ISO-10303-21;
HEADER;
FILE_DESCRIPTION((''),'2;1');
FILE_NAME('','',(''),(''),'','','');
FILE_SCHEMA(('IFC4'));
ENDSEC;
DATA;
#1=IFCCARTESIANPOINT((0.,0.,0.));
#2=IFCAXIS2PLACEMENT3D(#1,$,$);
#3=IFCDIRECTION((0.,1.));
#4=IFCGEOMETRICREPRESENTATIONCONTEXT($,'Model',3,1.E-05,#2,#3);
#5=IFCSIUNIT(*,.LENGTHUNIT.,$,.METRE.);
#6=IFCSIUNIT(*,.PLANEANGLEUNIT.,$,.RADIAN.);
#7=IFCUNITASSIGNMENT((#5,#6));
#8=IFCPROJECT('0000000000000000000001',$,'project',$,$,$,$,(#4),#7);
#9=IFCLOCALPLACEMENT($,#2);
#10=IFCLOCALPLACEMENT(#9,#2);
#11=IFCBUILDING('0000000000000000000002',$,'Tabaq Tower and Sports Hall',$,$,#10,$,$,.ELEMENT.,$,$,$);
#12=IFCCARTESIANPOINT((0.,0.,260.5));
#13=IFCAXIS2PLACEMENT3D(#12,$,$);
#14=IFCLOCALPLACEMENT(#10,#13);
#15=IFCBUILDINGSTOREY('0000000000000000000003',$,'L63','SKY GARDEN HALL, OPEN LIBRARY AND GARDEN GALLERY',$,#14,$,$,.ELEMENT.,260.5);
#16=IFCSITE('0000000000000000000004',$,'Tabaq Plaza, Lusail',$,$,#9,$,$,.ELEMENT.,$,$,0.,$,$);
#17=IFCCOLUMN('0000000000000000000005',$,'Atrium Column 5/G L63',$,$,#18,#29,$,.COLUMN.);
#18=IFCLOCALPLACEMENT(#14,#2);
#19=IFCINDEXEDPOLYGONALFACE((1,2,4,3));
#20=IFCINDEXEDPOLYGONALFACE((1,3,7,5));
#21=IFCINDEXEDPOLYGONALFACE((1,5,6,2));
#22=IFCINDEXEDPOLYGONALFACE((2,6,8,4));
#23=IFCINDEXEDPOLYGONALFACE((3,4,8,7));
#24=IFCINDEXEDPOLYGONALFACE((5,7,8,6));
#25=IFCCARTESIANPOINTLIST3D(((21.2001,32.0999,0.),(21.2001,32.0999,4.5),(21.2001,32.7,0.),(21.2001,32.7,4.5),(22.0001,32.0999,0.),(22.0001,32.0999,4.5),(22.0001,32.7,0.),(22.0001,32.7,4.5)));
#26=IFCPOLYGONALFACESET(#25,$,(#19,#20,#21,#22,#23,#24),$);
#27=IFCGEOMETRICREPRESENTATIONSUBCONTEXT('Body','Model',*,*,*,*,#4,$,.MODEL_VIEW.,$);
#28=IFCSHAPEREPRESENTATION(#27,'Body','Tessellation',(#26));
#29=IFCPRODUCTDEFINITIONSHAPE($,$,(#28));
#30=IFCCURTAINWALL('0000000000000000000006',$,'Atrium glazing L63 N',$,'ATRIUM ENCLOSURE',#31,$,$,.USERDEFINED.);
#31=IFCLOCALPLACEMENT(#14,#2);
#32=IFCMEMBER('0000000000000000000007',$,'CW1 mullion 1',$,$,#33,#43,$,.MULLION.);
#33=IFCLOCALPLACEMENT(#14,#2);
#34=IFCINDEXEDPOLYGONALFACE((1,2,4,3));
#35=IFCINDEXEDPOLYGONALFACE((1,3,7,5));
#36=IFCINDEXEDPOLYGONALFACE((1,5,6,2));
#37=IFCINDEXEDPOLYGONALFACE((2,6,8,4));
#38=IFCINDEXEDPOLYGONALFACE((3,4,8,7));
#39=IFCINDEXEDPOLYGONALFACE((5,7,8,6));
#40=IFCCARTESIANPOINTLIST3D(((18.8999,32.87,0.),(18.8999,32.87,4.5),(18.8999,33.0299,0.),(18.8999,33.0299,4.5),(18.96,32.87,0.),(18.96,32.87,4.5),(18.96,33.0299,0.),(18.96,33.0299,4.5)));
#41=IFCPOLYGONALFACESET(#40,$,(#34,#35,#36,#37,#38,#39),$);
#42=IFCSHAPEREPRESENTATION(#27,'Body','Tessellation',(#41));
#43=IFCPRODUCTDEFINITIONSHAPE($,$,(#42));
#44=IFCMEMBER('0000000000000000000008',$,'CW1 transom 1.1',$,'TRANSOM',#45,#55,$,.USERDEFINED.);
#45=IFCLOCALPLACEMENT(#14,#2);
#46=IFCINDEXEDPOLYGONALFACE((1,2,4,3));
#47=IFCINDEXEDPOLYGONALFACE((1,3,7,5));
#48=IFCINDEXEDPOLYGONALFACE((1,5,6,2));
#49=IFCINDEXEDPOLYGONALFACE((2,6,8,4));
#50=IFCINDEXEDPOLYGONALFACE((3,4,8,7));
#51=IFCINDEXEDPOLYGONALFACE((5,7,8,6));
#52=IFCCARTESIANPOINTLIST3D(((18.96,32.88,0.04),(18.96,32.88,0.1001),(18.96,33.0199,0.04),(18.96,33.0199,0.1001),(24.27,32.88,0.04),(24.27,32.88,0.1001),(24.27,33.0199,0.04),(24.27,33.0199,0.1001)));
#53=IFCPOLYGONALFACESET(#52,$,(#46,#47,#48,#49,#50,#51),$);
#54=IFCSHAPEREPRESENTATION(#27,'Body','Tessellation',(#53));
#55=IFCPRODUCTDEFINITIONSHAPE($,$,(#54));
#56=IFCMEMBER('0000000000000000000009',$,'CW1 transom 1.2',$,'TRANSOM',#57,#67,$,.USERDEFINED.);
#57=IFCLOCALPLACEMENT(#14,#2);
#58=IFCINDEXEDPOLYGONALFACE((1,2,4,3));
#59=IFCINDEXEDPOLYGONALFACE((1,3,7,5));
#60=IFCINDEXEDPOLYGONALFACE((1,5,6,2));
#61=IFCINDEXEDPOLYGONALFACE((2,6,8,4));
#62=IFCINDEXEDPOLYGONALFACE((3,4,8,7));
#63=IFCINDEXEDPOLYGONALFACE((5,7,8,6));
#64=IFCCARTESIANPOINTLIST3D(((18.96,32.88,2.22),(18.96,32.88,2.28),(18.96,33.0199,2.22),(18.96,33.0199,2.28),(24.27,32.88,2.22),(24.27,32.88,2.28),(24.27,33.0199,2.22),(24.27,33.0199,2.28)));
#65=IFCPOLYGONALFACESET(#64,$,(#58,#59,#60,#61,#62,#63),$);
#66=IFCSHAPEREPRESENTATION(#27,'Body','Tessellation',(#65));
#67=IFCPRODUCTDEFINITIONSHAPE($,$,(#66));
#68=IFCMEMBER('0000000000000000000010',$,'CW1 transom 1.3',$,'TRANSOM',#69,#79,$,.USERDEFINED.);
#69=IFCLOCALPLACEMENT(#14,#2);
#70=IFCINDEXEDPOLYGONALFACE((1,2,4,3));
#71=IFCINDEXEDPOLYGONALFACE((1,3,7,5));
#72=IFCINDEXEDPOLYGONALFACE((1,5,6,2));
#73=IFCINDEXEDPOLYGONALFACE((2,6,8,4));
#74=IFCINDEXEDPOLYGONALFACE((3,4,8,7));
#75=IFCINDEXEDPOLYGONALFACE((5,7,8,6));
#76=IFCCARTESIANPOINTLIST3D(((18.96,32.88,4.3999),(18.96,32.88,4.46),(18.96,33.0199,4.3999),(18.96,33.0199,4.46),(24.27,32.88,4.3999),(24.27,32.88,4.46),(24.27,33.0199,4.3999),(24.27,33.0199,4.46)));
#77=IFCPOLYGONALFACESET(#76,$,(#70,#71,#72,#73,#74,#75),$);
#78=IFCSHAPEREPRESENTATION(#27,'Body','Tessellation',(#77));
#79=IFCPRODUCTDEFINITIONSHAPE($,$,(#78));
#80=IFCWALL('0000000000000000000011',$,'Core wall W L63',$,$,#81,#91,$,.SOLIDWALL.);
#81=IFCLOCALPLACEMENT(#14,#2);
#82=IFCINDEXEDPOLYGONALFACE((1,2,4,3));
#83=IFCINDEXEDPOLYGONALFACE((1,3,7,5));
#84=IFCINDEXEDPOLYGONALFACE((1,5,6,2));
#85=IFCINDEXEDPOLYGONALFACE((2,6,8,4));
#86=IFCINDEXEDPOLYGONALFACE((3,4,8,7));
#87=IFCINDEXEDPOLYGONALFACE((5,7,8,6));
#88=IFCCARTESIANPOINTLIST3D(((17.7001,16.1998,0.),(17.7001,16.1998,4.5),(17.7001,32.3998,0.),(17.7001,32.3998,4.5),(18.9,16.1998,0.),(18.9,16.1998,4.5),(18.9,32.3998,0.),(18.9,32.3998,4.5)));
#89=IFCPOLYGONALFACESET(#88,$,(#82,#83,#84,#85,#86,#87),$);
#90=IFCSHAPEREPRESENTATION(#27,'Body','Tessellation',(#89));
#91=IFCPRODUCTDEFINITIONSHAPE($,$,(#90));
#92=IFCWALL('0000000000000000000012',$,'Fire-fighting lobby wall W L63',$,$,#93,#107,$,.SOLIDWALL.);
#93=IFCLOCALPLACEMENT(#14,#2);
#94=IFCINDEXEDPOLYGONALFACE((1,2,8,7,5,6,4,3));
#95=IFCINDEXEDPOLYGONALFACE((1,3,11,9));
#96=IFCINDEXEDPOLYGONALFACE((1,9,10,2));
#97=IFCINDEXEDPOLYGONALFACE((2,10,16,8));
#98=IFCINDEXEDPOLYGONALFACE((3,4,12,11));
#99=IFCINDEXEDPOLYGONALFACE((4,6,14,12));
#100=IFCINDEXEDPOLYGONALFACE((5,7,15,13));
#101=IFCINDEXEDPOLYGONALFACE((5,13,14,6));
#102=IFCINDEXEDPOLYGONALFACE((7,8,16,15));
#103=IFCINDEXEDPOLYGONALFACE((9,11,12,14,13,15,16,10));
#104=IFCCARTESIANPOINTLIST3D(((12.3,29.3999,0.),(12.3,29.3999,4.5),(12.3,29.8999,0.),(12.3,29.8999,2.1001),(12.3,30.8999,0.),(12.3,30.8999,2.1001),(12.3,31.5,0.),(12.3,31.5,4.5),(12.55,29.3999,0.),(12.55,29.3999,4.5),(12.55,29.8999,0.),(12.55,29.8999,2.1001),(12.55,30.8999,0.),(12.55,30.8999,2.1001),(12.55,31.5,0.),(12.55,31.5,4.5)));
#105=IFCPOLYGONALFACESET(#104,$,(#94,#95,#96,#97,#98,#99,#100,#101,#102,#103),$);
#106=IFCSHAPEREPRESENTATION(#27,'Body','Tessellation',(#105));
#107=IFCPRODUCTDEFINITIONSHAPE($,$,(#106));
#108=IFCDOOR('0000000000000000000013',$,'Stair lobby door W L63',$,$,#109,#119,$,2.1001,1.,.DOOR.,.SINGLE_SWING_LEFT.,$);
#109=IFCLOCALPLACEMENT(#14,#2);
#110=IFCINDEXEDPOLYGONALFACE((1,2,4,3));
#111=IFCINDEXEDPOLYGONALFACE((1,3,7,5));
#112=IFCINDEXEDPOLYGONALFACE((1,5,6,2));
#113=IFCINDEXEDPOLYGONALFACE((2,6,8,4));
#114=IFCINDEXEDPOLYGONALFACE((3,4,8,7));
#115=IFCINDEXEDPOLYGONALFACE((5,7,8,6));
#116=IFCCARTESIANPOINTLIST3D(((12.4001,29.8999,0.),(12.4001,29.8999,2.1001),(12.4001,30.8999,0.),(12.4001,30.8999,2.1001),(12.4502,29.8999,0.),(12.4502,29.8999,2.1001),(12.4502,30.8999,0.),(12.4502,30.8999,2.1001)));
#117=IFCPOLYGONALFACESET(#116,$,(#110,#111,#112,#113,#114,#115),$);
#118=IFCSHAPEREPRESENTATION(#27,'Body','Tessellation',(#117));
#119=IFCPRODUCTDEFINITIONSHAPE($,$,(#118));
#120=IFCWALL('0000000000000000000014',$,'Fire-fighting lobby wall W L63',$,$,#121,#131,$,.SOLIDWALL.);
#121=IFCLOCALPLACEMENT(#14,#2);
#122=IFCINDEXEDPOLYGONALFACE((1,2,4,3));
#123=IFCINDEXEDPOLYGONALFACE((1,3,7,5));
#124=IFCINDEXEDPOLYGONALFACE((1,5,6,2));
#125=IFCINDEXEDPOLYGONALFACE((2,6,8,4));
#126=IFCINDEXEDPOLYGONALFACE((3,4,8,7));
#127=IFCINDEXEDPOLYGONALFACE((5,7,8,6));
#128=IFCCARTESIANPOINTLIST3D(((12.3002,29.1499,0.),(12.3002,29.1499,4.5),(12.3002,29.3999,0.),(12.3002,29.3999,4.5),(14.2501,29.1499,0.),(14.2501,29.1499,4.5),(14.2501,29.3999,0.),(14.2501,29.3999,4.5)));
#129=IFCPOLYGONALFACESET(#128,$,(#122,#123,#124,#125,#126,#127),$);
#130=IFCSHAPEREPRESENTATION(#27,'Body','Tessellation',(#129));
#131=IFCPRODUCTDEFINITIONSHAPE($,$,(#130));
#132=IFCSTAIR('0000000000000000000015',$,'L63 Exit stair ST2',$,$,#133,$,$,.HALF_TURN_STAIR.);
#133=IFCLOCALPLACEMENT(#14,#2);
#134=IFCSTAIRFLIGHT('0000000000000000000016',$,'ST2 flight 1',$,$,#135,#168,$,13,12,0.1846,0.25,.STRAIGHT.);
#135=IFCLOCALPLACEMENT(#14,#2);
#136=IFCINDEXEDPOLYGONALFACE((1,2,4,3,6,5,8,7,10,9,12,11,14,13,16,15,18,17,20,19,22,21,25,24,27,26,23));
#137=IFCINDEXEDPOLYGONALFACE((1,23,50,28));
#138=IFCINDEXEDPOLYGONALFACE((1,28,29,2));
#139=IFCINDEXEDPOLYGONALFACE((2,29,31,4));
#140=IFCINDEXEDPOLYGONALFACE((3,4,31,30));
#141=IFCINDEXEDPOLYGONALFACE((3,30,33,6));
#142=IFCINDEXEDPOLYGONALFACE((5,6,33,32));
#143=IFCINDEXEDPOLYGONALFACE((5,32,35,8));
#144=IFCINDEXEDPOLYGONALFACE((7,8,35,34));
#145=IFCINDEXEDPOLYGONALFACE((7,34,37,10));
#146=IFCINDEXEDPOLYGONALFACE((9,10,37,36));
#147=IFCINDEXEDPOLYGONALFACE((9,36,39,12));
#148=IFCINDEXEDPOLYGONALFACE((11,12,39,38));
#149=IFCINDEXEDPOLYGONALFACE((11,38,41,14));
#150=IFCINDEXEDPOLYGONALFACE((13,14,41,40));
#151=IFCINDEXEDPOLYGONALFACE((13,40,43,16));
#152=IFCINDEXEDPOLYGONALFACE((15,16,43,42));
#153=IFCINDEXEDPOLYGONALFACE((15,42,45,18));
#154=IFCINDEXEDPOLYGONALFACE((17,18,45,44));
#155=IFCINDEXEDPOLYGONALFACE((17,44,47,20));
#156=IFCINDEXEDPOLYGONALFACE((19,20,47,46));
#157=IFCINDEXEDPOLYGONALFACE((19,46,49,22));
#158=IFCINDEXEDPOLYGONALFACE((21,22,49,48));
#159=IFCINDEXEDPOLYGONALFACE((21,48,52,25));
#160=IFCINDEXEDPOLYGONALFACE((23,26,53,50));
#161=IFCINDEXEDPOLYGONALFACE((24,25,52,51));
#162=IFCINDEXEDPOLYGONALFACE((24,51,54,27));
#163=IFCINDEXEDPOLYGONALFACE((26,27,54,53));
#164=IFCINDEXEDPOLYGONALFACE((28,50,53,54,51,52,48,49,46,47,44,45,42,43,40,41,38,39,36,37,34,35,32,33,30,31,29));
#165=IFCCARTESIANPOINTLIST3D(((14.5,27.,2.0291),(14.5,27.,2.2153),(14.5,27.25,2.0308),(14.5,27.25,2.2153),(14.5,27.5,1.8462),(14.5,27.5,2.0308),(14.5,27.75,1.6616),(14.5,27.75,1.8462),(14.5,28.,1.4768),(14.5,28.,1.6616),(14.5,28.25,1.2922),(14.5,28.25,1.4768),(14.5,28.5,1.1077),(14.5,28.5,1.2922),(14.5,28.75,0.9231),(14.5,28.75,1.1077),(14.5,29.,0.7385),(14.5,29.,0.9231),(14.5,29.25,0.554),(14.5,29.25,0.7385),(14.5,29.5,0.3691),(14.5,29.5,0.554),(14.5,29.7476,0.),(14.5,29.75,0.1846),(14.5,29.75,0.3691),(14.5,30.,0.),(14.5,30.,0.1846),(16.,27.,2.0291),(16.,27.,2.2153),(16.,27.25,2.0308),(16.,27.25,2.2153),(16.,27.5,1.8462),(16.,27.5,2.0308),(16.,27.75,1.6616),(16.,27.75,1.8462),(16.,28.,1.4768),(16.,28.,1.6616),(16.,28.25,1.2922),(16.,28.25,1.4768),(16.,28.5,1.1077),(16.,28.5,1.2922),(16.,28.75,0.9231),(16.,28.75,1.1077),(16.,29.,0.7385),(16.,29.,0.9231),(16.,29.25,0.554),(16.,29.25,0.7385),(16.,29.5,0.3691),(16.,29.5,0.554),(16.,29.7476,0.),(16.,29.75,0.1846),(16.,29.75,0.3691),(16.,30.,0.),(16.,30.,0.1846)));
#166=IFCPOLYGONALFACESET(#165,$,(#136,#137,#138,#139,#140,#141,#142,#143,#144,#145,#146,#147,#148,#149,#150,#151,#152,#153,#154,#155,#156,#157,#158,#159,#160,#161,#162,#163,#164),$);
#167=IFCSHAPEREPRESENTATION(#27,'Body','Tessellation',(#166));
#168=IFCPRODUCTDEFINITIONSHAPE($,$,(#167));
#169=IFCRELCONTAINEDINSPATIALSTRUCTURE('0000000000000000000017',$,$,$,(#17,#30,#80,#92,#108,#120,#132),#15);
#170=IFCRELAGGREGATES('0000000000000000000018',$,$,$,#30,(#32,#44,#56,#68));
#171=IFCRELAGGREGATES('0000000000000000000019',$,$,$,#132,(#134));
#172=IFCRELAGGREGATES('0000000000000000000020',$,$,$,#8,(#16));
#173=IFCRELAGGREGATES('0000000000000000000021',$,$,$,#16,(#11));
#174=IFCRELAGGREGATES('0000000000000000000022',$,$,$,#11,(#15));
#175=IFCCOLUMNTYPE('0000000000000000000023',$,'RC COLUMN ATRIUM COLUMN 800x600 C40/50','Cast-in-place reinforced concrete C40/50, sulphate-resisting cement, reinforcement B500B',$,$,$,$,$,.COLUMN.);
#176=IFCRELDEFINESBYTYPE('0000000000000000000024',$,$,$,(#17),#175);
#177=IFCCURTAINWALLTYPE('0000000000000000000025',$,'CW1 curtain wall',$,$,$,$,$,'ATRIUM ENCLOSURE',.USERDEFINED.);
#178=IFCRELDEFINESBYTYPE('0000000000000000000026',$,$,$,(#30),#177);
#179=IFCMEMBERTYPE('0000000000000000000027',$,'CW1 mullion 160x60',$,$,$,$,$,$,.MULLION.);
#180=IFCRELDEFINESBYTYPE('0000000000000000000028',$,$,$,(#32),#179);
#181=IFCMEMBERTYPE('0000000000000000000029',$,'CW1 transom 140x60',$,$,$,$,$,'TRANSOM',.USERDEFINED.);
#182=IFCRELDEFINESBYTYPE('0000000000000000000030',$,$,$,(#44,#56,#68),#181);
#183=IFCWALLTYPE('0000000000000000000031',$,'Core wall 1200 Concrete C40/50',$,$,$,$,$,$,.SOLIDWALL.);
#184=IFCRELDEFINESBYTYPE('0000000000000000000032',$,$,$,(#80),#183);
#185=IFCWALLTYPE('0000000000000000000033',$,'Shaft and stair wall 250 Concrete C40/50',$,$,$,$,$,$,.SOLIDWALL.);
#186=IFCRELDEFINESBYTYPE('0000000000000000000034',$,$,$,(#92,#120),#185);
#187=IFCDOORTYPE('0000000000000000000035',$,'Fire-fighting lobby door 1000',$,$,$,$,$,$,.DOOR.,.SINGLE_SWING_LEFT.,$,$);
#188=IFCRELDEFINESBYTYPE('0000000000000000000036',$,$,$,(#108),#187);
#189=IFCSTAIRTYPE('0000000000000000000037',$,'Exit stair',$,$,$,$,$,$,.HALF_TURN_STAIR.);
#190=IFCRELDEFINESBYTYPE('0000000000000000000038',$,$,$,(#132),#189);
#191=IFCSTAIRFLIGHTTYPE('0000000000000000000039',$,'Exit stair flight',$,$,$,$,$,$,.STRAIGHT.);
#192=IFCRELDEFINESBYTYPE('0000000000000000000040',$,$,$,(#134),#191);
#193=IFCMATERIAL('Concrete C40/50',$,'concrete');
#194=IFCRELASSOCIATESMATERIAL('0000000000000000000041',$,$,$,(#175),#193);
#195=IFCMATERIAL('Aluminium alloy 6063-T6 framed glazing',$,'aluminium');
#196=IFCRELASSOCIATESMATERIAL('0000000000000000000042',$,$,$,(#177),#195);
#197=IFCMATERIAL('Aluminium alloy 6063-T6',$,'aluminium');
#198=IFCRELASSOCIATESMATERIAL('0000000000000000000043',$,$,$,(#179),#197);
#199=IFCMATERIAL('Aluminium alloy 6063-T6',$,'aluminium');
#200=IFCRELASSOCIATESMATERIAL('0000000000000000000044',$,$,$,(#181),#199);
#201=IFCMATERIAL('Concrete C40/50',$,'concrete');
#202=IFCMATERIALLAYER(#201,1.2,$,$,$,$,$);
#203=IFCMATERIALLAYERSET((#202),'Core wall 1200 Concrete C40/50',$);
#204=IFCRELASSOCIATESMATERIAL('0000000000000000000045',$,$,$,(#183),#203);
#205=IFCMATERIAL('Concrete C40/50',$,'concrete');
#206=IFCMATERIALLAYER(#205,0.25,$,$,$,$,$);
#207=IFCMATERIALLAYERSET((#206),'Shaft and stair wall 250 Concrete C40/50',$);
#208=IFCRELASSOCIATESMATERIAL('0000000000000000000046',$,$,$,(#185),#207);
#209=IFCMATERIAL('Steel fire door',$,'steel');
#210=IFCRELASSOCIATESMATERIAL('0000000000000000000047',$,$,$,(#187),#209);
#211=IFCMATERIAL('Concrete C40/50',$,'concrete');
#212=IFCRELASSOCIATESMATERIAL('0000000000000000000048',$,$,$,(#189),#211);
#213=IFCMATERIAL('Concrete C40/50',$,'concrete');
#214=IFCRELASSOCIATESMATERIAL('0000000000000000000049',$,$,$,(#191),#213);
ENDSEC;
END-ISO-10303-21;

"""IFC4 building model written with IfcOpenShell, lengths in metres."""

from ifc_helpers import new_model, si_unit, direction, frame, frame_2d, origin, origin_2d, place, context, subcontext, project, spatial, polyline, rectangle, outline, extrude, material, layer, layer_set, material_profile, profile_set, type_object, element, fill, aggregate, save


model = new_model("IFC4")

# Units and contexts
model_context = context("Model", 3, precision=1e-05, world=origin(), true_north=direction((0.0, 1.0)))
body_context = subcontext(model_context, "Body", "Model", "MODEL_VIEW")
ifc_project = project(units=[si_unit("LENGTHUNIT", "METRE"), si_unit("PLANEANGLEUNIT", "RADIAN")], contexts=[model_context])

# Site, building, storey
site_placement = place(None, origin())
site = spatial("IfcSite", under=ifc_project, at=site_placement, Name="Tabaq Plaza, Lusail", CompositionType="ELEMENT", RefElevation=0.0)
building_placement = place(site_placement, origin())
building = spatial("IfcBuilding", under=site, at=building_placement, Name="Tabaq Tower and Sports Hall", CompositionType="ELEMENT")
storey_placement = place(building_placement, frame((0.0, 0.0, 260.5)))
storey = spatial("IfcBuildingStorey", under=building, at=storey_placement, Name="L63", Description="SKY GARDEN HALL, OPEN LIBRARY AND GARDEN GALLERY", CompositionType="ELEMENT", Elevation=260.5)

# Column
ifc_material_1 = material(Name="Concrete C40/50", Category="concrete")
ifc_material_profile_1 = material_profile(ifc_material_1, rectangle(XDim=0.8, YDim=0.6001, at=origin_2d()), Name="ATRIUM COLUMN 800x600")
ifc_profile_set_1 = profile_set([ifc_material_profile_1], Name="Concrete C40/50")
column_type = type_object("IfcColumnType", Name="RC COLUMN ATRIUM COLUMN 800x600 C40/50", Description="Cast-in-place reinforced concrete C40/50, sulphate-resisting cement, reinforcement B500B", PredefinedType="COLUMN", material=ifc_profile_set_1)
column_placement = place(storey_placement, frame((21.6001, 32.3999, 0.0), z_axis=(0.0, 0.0, 1.0), x_axis=(1.0, 0.0, 0.0)))
element("IfcColumn", 1, at=column_placement, inside=storey, type_object=column_type, Name="Atrium Column 5/G L63", PredefinedType="COLUMN", context=body_context, shape_type="SweptSolid", body=[
    extrude(rectangle(XDim=0.8, YDim=0.6001, at=origin_2d()), origin(), (0.0, 0.0, 1.0), 4.5),
])

# Curtain wall, members
ifc_material_2 = material(Name="Aluminium alloy 6063-T6 framed glazing", Category="aluminium")
curtain_wall_type = type_object("IfcCurtainWallType", Name="CW1 curtain wall", ElementType="ATRIUM ENCLOSURE", PredefinedType="USERDEFINED", material=ifc_material_2)
curtain_wall_placement = place(storey_placement, origin())
curtain_wall = element("IfcCurtainWall", 2, at=curtain_wall_placement, inside=storey, type_object=curtain_wall_type, Name="Atrium glazing L63 N", ObjectType="ATRIUM ENCLOSURE", PredefinedType="USERDEFINED")
ifc_material_3 = material(Name="Aluminium alloy 6063-T6", Category="aluminium")
ifc_material_profile_2 = material_profile(ifc_material_3, rectangle(XDim=0.1599, YDim=0.0601, at=origin_2d()), Name="MULLION 160x60")
ifc_profile_set_2 = profile_set([ifc_material_profile_2], Name="Aluminium alloy 6063-T6")
member_type_1 = type_object("IfcMemberType", Name="CW1 mullion 160x60", PredefinedType="MULLION", material=ifc_profile_set_2)
member_1_placement = place(storey_placement, frame((18.9299, 32.95, 0.0), z_axis=(0.0, 0.0, 1.0), x_axis=(0.0, 1.0, 0.0)))
member_1 = element("IfcMember", 3, at=member_1_placement, type_object=member_type_1, Name="CW1 mullion 1", PredefinedType="MULLION", context=body_context, shape_type="SweptSolid", body=[
    extrude(rectangle(XDim=0.1599, YDim=0.0601, at=origin_2d()), origin(), (0.0, 0.0, 1.0), 4.5),
])
ifc_material_4 = material(Name="Aluminium alloy 6063-T6", Category="aluminium")
ifc_material_profile_3 = material_profile(ifc_material_4, rectangle(XDim=0.1399, YDim=0.0601, at=origin_2d()), Name="TRANSOM 140x60")
ifc_profile_set_3 = profile_set([ifc_material_profile_3], Name="Aluminium alloy 6063-T6")
member_type_2 = type_object("IfcMemberType", Name="CW1 transom 140x60", ElementType="TRANSOM", PredefinedType="USERDEFINED", material=ifc_profile_set_3)
member_2_placement = place(storey_placement, frame((18.96, 32.95, 0.0701), z_axis=(1.0, 0.0, 0.0), x_axis=(0.0, 1.0, 0.0)))
member_2 = element("IfcMember", 4, at=member_2_placement, type_object=member_type_2, Name="CW1 transom 1.1", ObjectType="TRANSOM", PredefinedType="USERDEFINED", context=body_context, shape_type="SweptSolid", body=[
    extrude(rectangle(XDim=0.1399, YDim=0.0601, at=origin_2d()), origin(), (0.0, 0.0, 1.0), 5.3101),
])
member_3_placement = place(storey_placement, frame((18.96, 32.95, 2.25), z_axis=(1.0, 0.0, 0.0), x_axis=(0.0, 1.0, 0.0)))
member_3 = element("IfcMember", 5, at=member_3_placement, type_object=member_type_2, Name="CW1 transom 1.2", ObjectType="TRANSOM", PredefinedType="USERDEFINED", context=body_context, shape_type="SweptSolid", body=[
    extrude(rectangle(XDim=0.1399, YDim=0.0601, at=origin_2d()), origin(), (0.0, 0.0, 1.0), 5.3101),
])
member_4_placement = place(storey_placement, frame((18.96, 32.95, 4.4299), z_axis=(1.0, 0.0, 0.0), x_axis=(0.0, 1.0, 0.0)))
member_4 = element("IfcMember", 6, at=member_4_placement, type_object=member_type_2, Name="CW1 transom 1.3", ObjectType="TRANSOM", PredefinedType="USERDEFINED", context=body_context, shape_type="SweptSolid", body=[
    extrude(rectangle(XDim=0.1399, YDim=0.0601, at=origin_2d()), origin(), (0.0, 0.0, 1.0), 5.3101),
])
aggregate(curtain_wall, [member_1, member_2, member_3, member_4])

# Wall
ifc_material_5 = material(Name="Concrete C40/50", Category="concrete")
ifc_layer_1 = layer(ifc_material_5, 1.2)
ifc_layer_set_1 = layer_set([ifc_layer_1], Name="Core wall 1200 Concrete C40/50")
wall_type_1 = type_object("IfcWallType", Name="Core wall 1200 Concrete C40/50", PredefinedType="SOLIDWALL", material=ifc_layer_set_1)
wall_1_placement = place(storey_placement, frame((18.3, 32.3999, 0.0), z_axis=(0.0, 0.0, 1.0), x_axis=(0.0, -1.0, 0.0)))
element("IfcWall", 7, at=wall_1_placement, inside=storey, type_object=wall_type_1, Name="Core wall W L63", PredefinedType="SOLIDWALL", context=body_context, shape_type="SweptSolid", body=[
    extrude(rectangle(XDim=16.2, YDim=1.2, at=frame_2d((8.1001, 0.0))), origin(), (0.0, 0.0, 1.0), 4.5),
])

# Wall, opening, door
ifc_material_6 = material(Name="Concrete C40/50", Category="concrete")
ifc_layer_2 = layer(ifc_material_6, 0.25)
ifc_layer_set_2 = layer_set([ifc_layer_2], Name="Shaft and stair wall 250 Concrete C40/50")
wall_type_2 = type_object("IfcWallType", Name="Shaft and stair wall 250 Concrete C40/50", PredefinedType="SOLIDWALL", material=ifc_layer_set_2)
wall_2_placement = place(storey_placement, frame((12.425, 29.3999, 0.0), z_axis=(0.0, 0.0, 1.0), x_axis=(0.0, 1.0, 0.0)))
wall_2 = element("IfcWall", 8, at=wall_2_placement, inside=storey, type_object=wall_type_2, Name="Fire-fighting lobby wall W L63", PredefinedType="SOLIDWALL", context=body_context, shape_type="SweptSolid", body=[
    extrude(rectangle(XDim=2.1001, YDim=0.25, at=frame_2d((1.05, 0.0))), origin(), (0.0, 0.0, 1.0), 4.5),
])
opening_placement = place(wall_2_placement, frame((0.5, 0.0, 0.0)))
opening = element("IfcOpeningElement", 9, at=opening_placement, cuts=wall_2, PredefinedType="OPENING", context=body_context, shape_type="SweptSolid", body=[
    extrude(rectangle(XDim=1.0, YDim=2.1001, at=frame_2d((0.5, 1.05))), frame((0.0, 0.125, 0.0), z_axis=(0.0, -1.0, 0.0), x_axis=(1.0, 0.0, 0.0)), (0.0, 0.0, 1.0), 0.25),
])
ifc_material_7 = material(Name="Steel fire door", Category="steel")
door_type = type_object("IfcDoorType", Name="Fire-fighting lobby door 1000", OperationType="SINGLE_SWING_LEFT", PredefinedType="DOOR", material=ifc_material_7)
door_placement = place(opening_placement, origin())
door = element("IfcDoor", 10, at=door_placement, inside=storey, type_object=door_type, Name="Stair lobby door W L63", OperationType="SINGLE_SWING_LEFT", OverallHeight=2.1001, OverallWidth=1.0, PredefinedType="DOOR", context=body_context, shape_type="SweptSolid", body=[
    extrude(rectangle(XDim=1.0, YDim=2.1001, at=frame_2d((0.5, 1.05))), frame((0.0, 0.0249, 0.0), z_axis=(0.0, -1.0, 0.0), x_axis=(1.0, 0.0, 0.0)), (0.0, 0.0, 1.0), 0.05),
])
fill(opening, door)

# Wall
wall_3_placement = place(storey_placement, frame((12.3, 29.2749, 0.0), z_axis=(0.0, 0.0, 1.0), x_axis=(1.0, 0.0, 0.0)))
element("IfcWall", 11, at=wall_3_placement, inside=storey, type_object=wall_type_2, Name="Fire-fighting lobby wall W L63", PredefinedType="SOLIDWALL", context=body_context, shape_type="SweptSolid", body=[
    extrude(rectangle(XDim=1.95, YDim=0.25, at=frame_2d((0.9751, 0.0))), origin(), (0.0, 0.0, 1.0), 4.5),
])

# Stair, stair flight
ifc_material_8 = material(Name="Concrete C40/50", Category="concrete")
stair_type = type_object("IfcStairType", Name="Exit stair", PredefinedType="HALF_TURN_STAIR", material=ifc_material_8)
stair_placement = place(storey_placement, origin())
stair = element("IfcStair", 12, at=stair_placement, inside=storey, type_object=stair_type, Name="L63 Exit stair ST2", PredefinedType="HALF_TURN_STAIR")
ifc_material_9 = material(Name="Concrete C40/50", Category="concrete")
stair_flight_type = type_object("IfcStairFlightType", Name="Exit stair flight", PredefinedType="STRAIGHT", material=ifc_material_9)
stair_flight_placement = place(storey_placement, frame((15.25, 30.0, 0.0), z_axis=(0.0, 0.0, 1.0), x_axis=(0.0, -1.0, 0.0)))
stair_flight = element("IfcStairFlight", 13, at=stair_flight_placement, type_object=stair_flight_type, Name="ST2 flight 1", NumberOfRisers=13, NumberOfTreads=12, PredefinedType="STRAIGHT", RiserHeight=0.1846, TreadLength=0.25, context=body_context, shape_type="SweptSolid", body=[
    extrude(outline(polyline([(0.0, 0.0), (0.0, 0.1846), (0.25, 0.1846), (0.25, 0.3691), (0.5, 0.3691), (0.5, 0.554), (0.75, 0.554), (0.75, 0.7385), (1.0, 0.7385), (1.0, 0.9231), (1.25, 0.9231), (1.25, 1.1077), (1.5, 1.1077), (1.5, 1.2922), (1.75, 1.2922), (1.75, 1.4768), (2.0, 1.4768), (2.0, 1.6616), (2.25, 1.6616), (2.25, 1.8462), (2.5, 1.8462), (2.5, 2.0308), (2.75, 2.0308), (2.75, 2.2153), (3.0, 2.2153), (3.0, 2.3999), (3.0, 2.0291), (0.2524, 0.0), (0.0, 0.0)])), frame((0.0, 0.75, 0.0), z_axis=(0.0, -1.0, 0.0), x_axis=(1.0, 0.0, 0.0)), (0.0, 0.0, 1.0), 1.5),
])
aggregate(stair, [stair_flight])

save(model, "model.ifc")
